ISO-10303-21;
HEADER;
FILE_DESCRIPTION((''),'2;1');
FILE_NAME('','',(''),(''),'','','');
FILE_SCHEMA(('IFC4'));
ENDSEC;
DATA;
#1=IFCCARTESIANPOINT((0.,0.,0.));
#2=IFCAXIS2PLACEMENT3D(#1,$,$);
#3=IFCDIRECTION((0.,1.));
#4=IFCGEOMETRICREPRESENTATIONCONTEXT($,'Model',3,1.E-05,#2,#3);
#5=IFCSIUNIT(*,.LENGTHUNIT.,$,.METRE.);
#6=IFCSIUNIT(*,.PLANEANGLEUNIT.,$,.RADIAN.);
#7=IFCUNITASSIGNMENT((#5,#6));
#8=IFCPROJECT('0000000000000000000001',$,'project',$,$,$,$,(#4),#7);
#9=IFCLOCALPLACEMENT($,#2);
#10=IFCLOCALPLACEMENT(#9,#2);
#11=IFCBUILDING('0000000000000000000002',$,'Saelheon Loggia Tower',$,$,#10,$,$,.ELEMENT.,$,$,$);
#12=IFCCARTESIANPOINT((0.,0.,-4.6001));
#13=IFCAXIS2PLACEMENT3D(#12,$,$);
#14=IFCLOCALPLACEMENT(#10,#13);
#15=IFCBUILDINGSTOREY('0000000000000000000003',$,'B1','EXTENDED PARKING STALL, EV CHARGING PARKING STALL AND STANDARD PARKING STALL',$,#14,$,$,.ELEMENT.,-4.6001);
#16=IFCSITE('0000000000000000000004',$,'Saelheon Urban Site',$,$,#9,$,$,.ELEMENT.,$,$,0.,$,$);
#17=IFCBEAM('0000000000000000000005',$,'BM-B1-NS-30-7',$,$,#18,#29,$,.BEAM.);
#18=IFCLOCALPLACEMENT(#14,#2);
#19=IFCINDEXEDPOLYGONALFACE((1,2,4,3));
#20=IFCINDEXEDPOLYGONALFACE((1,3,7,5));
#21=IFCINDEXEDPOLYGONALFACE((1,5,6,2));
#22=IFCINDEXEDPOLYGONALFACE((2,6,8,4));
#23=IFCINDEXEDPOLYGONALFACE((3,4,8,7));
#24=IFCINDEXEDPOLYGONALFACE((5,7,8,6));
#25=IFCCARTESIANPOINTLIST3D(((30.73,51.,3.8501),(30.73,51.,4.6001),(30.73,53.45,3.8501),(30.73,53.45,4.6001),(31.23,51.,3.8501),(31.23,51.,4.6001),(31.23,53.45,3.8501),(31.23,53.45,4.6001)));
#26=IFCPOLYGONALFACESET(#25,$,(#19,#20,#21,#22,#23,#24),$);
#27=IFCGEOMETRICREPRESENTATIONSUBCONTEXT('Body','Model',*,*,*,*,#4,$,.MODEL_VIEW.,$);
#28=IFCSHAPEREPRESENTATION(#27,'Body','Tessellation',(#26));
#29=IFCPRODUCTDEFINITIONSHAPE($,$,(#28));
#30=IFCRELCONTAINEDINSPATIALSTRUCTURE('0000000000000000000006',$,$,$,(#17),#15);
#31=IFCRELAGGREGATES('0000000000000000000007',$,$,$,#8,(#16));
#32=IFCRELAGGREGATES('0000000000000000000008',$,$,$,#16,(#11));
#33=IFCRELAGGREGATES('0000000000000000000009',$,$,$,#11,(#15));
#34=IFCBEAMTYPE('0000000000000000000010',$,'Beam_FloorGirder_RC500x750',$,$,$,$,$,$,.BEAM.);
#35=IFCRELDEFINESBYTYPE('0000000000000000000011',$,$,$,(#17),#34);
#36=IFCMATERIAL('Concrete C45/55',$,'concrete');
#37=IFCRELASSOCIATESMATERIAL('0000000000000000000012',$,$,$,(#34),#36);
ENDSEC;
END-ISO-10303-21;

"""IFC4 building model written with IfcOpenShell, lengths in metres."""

from ifc_helpers import new_model, si_unit, direction, frame, origin, origin_2d, place, context, subcontext, project, spatial, rectangle, extrude, source, transform, mapped, material, material_profile, profile_set, type_object, element, save


model = new_model("IFC4")

# Units and contexts
model_context = context("Model", 3, precision=1e-05, world=origin(), true_north=direction((0.0, 1.0)))
body_context = subcontext(model_context, "Body", "Model", "MODEL_VIEW")
ifc_project = project(units=[si_unit("LENGTHUNIT", "METRE"), si_unit("PLANEANGLEUNIT", "RADIAN")], contexts=[model_context])

# Site, building, storey
site_placement = place(None, origin())
site = spatial("IfcSite", under=ifc_project, at=site_placement, Name="Saelheon Urban Site", CompositionType="ELEMENT", RefElevation=0.0)
building_placement = place(site_placement, origin())
building = spatial("IfcBuilding", under=site, at=building_placement, Name="Saelheon Loggia Tower", CompositionType="ELEMENT")
storey_placement = place(building_placement, frame((0.0, 0.0, -4.6001)))
storey = spatial("IfcBuildingStorey", under=building, at=storey_placement, Name="B1", Description="EXTENDED PARKING STALL, EV CHARGING PARKING STALL AND STANDARD PARKING STALL", CompositionType="ELEMENT", Elevation=-4.6001)

# Beam
ifc_material_1 = material(Name="Concrete C45/55", Category="concrete")
ifc_material_profile_1 = material_profile(ifc_material_1, rectangle(XDim=0.5, YDim=0.75, at=origin_2d()), Name="RC-500x750")
ifc_profile_set_1 = profile_set([ifc_material_profile_1], Name="Concrete C45/55")
beam_type_1 = type_object("IfcBeamType", Name="Beam_FloorGirder_RC500x750", PredefinedType="BEAM", material=ifc_profile_set_1)
shared_shape_1 = source(origin(), body_context, "Body", "SweptSolid", [
    extrude(rectangle(XDim=0.5, YDim=0.75, at=origin_2d()), origin(), (0.0, 0.0, 1.0), 2.45),
])
beam_placement = place(storey_placement, frame((30.98, 51.0, 4.2251), z_axis=(0.0, 1.0, 0.0), x_axis=(-1.0, 0.0, 0.0)))
element("IfcBeam", 1, at=beam_placement, inside=storey, type_object=beam_type_1, Name="BM-B1-NS-30-7", PredefinedType="BEAM", context=body_context, shape_type="MappedRepresentation", body=[
    mapped(shared_shape_1, transform((0.0, 0.0, 0.0), scale=1.0)),
])

save(model, "model.ifc")
